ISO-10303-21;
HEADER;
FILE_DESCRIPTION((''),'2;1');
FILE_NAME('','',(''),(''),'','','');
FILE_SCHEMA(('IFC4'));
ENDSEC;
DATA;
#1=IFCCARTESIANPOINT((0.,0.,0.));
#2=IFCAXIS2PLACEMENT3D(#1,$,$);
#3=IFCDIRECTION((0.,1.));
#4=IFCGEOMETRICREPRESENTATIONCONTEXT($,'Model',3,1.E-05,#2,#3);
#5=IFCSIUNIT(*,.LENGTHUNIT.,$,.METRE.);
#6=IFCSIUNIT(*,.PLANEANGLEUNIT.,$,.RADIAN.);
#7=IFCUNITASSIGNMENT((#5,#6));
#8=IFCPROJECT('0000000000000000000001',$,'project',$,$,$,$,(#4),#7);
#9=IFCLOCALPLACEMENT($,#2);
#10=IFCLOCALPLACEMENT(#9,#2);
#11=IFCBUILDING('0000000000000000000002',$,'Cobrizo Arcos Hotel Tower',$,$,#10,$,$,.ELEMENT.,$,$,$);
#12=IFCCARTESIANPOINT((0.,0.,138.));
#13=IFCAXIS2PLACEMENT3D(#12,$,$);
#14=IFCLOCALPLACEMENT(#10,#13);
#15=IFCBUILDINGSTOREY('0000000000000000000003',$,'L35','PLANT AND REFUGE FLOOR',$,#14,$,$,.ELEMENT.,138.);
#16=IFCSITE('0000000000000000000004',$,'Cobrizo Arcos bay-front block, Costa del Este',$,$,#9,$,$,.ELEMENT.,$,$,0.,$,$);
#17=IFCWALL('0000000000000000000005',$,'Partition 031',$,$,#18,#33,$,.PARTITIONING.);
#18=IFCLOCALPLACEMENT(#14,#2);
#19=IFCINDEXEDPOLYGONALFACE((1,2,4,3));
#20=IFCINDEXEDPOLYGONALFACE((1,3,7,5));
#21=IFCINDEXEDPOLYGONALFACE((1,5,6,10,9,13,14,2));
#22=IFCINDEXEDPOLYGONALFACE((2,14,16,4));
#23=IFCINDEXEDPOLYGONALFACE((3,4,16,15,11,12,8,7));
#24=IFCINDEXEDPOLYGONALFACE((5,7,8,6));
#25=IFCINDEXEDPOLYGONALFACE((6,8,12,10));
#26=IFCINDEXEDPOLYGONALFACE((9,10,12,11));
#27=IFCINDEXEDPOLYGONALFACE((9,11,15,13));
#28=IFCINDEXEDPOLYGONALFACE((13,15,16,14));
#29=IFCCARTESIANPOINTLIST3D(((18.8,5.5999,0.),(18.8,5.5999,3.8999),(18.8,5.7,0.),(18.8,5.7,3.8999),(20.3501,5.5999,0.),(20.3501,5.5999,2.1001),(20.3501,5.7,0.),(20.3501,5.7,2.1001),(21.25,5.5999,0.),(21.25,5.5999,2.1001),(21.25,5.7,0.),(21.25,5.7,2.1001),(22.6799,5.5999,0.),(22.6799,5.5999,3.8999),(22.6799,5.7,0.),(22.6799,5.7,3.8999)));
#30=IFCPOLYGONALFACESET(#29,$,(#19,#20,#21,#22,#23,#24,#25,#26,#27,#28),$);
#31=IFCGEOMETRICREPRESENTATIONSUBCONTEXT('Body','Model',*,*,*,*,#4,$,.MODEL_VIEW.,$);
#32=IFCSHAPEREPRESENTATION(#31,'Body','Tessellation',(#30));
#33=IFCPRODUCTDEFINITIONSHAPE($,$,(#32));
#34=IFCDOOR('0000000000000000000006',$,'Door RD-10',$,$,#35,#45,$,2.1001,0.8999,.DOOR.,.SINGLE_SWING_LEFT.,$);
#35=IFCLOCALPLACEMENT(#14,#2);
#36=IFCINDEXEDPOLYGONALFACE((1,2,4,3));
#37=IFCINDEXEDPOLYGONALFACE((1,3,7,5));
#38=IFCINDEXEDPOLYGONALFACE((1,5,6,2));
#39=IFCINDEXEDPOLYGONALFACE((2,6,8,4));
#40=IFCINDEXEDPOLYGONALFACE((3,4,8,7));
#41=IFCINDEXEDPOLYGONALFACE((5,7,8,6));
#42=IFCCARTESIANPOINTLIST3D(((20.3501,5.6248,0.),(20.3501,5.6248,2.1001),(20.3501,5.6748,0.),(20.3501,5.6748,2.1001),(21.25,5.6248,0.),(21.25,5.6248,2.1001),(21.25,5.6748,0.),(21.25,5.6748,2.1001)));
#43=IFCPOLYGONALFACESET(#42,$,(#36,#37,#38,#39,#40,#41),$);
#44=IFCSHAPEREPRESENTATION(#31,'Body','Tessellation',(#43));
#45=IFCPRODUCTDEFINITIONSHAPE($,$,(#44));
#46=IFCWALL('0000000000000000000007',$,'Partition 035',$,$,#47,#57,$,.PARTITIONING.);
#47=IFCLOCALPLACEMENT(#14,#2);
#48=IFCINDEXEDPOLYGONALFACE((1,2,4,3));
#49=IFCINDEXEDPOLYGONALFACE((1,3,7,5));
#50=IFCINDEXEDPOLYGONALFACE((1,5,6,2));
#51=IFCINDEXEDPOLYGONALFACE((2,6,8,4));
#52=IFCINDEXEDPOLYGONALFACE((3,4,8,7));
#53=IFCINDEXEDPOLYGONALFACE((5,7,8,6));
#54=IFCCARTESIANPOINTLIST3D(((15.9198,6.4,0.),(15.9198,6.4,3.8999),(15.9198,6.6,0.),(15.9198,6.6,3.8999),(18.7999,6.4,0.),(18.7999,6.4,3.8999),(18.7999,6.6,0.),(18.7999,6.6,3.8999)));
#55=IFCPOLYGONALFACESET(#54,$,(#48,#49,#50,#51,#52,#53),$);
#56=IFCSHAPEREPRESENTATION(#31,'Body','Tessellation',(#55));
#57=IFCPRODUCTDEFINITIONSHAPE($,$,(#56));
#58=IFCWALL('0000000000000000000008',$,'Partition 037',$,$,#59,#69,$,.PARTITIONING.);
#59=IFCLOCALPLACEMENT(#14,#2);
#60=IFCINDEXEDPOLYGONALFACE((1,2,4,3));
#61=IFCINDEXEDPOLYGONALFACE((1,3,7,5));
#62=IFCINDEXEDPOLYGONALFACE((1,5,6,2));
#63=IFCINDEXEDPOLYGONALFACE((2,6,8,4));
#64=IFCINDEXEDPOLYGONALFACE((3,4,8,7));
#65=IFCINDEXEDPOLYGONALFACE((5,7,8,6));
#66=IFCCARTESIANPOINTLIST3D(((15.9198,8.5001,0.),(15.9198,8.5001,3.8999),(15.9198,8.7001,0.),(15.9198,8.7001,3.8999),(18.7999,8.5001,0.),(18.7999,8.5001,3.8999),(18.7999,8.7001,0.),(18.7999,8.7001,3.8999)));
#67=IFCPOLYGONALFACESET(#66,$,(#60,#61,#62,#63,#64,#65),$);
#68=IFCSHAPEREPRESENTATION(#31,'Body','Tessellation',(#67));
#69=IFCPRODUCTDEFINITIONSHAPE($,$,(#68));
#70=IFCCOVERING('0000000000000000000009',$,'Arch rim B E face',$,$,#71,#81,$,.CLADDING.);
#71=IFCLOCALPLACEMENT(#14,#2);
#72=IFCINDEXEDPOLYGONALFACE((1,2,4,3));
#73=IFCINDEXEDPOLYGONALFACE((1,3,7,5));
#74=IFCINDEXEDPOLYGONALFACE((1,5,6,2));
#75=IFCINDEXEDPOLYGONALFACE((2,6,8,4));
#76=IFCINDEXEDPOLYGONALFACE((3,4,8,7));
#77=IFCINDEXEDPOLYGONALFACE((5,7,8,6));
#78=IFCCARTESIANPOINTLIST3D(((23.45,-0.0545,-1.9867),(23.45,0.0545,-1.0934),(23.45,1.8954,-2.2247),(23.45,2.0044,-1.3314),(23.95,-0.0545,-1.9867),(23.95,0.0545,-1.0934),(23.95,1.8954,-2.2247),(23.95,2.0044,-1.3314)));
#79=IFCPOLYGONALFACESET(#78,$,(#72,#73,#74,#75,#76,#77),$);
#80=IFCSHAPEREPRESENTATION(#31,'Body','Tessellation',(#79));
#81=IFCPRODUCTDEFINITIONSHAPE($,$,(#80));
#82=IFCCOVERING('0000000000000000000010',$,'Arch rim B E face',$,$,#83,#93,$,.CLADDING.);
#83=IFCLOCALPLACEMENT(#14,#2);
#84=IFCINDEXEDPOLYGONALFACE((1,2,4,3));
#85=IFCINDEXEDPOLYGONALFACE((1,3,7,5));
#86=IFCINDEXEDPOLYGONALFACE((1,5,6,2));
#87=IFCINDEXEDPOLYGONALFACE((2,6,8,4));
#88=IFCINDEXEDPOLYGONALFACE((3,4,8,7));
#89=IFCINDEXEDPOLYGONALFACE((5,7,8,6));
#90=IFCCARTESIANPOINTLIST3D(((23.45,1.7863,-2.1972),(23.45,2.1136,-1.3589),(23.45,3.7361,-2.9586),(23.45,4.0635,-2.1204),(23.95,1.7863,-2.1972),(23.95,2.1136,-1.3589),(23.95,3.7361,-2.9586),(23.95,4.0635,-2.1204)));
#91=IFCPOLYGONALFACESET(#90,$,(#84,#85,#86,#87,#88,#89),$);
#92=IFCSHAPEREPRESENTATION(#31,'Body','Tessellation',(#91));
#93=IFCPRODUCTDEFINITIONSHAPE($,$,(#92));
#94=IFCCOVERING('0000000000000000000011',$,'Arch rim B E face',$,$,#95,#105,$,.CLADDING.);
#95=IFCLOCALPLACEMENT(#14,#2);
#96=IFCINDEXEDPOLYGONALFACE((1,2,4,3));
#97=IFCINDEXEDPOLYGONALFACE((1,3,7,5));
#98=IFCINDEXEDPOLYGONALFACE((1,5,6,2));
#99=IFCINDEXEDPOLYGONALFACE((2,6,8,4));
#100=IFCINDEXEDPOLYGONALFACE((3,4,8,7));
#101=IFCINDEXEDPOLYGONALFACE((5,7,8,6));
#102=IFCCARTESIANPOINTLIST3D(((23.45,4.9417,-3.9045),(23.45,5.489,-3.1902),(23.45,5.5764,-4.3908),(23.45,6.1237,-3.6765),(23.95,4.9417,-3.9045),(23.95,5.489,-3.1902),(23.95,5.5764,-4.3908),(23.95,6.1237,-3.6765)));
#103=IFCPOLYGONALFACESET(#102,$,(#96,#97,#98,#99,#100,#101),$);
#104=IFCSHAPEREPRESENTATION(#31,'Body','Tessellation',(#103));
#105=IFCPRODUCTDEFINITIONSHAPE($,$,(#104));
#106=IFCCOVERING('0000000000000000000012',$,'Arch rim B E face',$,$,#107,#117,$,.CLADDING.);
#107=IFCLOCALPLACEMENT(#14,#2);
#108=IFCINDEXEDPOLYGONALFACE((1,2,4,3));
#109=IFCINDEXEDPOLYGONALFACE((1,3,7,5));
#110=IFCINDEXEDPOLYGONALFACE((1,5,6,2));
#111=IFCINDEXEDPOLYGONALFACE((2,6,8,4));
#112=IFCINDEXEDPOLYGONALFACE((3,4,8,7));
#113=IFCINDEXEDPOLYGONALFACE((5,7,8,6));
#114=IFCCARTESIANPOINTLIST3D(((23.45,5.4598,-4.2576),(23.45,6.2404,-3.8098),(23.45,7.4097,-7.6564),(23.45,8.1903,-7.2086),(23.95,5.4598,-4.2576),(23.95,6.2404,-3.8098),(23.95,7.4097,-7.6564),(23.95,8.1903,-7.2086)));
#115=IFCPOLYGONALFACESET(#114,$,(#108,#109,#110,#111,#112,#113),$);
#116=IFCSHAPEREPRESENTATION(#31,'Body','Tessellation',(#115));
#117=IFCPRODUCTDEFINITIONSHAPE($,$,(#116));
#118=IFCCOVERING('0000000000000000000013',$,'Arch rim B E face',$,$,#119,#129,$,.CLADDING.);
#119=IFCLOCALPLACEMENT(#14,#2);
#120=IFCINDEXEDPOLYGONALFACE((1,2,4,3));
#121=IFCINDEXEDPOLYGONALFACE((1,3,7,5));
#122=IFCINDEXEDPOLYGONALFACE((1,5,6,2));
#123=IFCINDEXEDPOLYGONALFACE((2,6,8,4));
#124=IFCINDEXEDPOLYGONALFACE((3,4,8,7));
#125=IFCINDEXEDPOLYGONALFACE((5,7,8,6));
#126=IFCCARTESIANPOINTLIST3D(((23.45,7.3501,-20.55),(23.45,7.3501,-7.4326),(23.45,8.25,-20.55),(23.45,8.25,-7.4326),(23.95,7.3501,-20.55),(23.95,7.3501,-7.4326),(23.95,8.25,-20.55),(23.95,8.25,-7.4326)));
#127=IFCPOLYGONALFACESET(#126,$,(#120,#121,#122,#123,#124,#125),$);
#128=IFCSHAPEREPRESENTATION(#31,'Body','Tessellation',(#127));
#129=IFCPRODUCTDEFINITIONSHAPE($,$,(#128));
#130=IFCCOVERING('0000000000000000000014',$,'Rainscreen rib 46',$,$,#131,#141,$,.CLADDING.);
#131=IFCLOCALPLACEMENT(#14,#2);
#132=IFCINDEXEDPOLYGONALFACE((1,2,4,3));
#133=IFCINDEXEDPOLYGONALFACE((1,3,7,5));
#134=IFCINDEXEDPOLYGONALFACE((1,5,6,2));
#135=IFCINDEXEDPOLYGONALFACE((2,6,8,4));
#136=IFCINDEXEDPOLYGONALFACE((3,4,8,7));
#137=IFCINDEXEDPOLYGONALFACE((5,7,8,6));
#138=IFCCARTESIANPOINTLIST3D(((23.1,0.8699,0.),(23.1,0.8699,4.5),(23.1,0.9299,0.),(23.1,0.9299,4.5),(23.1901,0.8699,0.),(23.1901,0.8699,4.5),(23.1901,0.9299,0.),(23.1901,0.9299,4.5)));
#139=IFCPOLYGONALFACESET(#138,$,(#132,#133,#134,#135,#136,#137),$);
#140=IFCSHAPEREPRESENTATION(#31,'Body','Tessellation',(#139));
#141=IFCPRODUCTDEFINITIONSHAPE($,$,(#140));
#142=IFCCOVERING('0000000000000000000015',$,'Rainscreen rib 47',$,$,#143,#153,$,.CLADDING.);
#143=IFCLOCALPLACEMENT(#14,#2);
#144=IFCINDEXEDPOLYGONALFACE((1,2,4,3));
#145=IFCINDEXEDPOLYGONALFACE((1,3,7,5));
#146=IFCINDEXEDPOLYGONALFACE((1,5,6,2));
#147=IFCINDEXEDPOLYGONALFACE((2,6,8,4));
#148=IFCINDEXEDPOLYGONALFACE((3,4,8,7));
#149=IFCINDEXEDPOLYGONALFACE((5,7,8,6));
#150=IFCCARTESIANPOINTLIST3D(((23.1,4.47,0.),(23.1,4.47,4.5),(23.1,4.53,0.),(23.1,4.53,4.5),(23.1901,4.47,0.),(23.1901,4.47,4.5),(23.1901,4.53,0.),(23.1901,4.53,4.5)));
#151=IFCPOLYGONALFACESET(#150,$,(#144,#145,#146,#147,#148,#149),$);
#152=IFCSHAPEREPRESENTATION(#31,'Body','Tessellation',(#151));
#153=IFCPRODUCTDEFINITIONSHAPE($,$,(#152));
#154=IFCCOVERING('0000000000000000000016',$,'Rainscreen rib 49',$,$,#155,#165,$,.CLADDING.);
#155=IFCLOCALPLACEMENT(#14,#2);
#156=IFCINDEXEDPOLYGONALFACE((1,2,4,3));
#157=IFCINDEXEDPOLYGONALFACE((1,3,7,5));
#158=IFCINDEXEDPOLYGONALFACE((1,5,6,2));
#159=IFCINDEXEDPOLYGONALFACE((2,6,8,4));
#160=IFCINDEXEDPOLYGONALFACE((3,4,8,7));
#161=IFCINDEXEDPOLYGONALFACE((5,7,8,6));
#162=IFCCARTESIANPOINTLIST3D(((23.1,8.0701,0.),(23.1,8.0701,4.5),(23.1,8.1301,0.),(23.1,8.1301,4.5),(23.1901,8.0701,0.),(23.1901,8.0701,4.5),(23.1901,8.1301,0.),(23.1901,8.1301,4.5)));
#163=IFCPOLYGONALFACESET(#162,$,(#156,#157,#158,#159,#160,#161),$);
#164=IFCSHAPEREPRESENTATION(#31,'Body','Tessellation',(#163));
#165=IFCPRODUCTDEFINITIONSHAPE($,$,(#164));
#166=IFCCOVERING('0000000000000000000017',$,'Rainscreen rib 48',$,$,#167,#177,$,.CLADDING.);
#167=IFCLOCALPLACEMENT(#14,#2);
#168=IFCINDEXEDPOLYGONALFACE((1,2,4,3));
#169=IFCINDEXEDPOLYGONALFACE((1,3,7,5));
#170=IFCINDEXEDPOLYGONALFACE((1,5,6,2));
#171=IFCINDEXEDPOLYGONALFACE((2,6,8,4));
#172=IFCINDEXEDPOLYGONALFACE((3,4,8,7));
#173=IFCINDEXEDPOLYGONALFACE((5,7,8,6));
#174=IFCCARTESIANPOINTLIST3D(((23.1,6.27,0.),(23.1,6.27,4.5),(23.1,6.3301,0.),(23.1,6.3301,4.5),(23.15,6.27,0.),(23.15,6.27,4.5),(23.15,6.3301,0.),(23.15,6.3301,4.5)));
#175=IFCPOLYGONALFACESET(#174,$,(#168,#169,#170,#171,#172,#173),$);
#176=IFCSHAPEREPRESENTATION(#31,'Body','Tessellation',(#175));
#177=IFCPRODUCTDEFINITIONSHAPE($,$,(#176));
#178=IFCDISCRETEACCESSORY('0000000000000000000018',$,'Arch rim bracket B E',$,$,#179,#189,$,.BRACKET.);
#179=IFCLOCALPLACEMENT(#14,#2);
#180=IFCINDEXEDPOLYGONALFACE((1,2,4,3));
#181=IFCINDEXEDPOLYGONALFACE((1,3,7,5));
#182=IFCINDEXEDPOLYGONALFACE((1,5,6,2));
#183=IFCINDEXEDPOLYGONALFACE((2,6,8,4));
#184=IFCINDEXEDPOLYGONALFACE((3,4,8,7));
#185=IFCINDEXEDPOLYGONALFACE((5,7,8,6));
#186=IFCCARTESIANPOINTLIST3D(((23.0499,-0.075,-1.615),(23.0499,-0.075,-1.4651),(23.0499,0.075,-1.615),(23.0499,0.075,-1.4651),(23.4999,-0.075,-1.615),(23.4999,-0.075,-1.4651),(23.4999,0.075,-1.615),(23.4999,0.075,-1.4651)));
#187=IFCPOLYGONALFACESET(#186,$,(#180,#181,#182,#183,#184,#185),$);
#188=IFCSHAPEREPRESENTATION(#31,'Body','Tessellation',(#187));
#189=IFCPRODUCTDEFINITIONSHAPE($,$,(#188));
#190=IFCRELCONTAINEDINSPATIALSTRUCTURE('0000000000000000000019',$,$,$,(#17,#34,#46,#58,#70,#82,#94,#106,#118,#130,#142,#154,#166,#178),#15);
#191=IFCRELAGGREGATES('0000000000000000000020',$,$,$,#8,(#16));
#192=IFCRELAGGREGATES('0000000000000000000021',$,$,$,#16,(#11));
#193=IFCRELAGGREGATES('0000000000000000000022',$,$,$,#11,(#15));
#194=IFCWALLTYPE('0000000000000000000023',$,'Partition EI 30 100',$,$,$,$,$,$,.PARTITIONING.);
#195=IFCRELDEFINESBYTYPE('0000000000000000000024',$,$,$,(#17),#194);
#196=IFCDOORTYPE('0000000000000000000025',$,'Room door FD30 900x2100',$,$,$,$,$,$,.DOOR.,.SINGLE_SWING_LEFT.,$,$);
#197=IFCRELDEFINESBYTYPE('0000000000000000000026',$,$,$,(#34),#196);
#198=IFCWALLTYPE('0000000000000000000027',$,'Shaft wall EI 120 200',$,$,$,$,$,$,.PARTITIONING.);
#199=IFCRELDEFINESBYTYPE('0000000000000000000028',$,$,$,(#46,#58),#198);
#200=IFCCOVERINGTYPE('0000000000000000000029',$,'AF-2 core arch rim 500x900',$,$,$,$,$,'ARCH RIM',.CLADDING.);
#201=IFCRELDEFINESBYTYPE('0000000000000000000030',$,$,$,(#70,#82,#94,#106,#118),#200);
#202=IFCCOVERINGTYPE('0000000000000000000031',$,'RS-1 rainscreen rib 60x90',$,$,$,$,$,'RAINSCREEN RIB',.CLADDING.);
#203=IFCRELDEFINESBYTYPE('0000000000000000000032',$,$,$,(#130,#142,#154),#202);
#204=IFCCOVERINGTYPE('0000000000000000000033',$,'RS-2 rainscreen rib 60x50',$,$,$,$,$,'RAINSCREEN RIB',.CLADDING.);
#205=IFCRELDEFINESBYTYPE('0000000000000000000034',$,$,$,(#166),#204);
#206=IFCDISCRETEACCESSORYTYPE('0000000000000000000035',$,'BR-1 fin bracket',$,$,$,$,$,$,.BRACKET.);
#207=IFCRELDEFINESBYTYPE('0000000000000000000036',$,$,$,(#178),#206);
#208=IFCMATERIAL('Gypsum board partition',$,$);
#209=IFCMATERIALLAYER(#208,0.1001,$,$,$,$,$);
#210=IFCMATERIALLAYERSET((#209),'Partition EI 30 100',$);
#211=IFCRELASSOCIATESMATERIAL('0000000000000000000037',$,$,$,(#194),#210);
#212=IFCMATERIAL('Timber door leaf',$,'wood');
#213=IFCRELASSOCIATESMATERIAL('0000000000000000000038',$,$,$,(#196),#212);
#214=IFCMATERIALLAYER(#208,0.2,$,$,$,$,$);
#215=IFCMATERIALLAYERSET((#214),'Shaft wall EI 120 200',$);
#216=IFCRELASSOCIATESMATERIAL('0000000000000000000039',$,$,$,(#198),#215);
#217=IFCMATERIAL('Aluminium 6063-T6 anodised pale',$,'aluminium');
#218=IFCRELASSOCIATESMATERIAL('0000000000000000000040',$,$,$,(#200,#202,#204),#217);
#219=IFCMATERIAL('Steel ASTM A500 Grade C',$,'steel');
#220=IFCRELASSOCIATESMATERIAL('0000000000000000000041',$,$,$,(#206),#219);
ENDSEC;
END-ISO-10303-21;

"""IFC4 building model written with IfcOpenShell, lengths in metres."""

from ifc_helpers import new_model, si_unit, direction, frame, frame_2d, origin, origin_2d, place, context, subcontext, project, spatial, rectangle, extrude, material, layer, layer_set, material_profile, profile_set, type_object, element, fill, save


model = new_model("IFC4")

# Units and contexts
model_context = context("Model", 3, precision=1e-05, world=origin(), true_north=direction((0.0, 1.0)))
body_context = subcontext(model_context, "Body", "Model", "MODEL_VIEW")
ifc_project = project(units=[si_unit("LENGTHUNIT", "METRE"), si_unit("PLANEANGLEUNIT", "RADIAN")], contexts=[model_context])

# Site, building, storey
site_placement = place(None, origin())
site = spatial("IfcSite", under=ifc_project, at=site_placement, Name="Cobrizo Arcos bay-front block, Costa del Este", CompositionType="ELEMENT", RefElevation=0.0)
building_placement = place(site_placement, origin())
building = spatial("IfcBuilding", under=site, at=building_placement, Name="Cobrizo Arcos Hotel Tower", CompositionType="ELEMENT")
storey_placement = place(building_placement, frame((0.0, 0.0, 138.0)))
storey = spatial("IfcBuildingStorey", under=building, at=storey_placement, Name="L35", Description="PLANT AND REFUGE FLOOR", CompositionType="ELEMENT", Elevation=138.0)

# Shared definitions
ifc_material_1 = material(Name="Steel ASTM A500 Grade C", Category="steel")

# Wall, opening, door
ifc_material_2 = material(Name="Gypsum board partition")
ifc_layer_1 = layer(ifc_material_2, 0.1001)
ifc_layer_set_1 = layer_set([ifc_layer_1], Name="Partition EI 30 100")
wall_type_1 = type_object("IfcWallType", Name="Partition EI 30 100", PredefinedType="PARTITIONING", material=ifc_layer_set_1)
ifc_material_3 = material(Name="Timber door leaf", Category="wood")
door_type = type_object("IfcDoorType", Name="Room door FD30 900x2100", OperationType="SINGLE_SWING_LEFT", PredefinedType="DOOR", material=ifc_material_3)
wall_1_placement = place(storey_placement, frame((18.8, 5.6499, 0.0), z_axis=(0.0, 0.0, 1.0), x_axis=(1.0, 0.0, 0.0)))
wall_1 = element("IfcWall", 1, at=wall_1_placement, inside=storey, type_object=wall_type_1, Name="Partition 031", PredefinedType="PARTITIONING", context=body_context, shape_type="SweptSolid", body=[
    extrude(rectangle(XDim=3.8799, YDim=0.1001, at=frame_2d((1.9399, 0.0))), origin(), (0.0, 0.0, 1.0), 3.8999),
])
opening_1_placement = place(wall_1_placement, frame((1.55, 0.0, 0.0)))
opening_1 = element("IfcOpeningElement", 2, at=opening_1_placement, cuts=wall_1, PredefinedType="OPENING", context=body_context, shape_type="SweptSolid", body=[
    extrude(rectangle(XDim=0.8999, YDim=2.1001, at=frame_2d((0.45, 1.05))), frame((0.0, 0.062, 0.0), z_axis=(0.0, -1.0, 0.0), x_axis=(1.0, 0.0, 0.0)), (0.0, 0.0, 1.0), 0.124),
])
door_1_placement = place(opening_1_placement, origin())
door_1 = element("IfcDoor", 3, at=door_1_placement, inside=storey, type_object=door_type, Name="Door RD-10", OperationType="SINGLE_SWING_LEFT", OverallHeight=2.1001, OverallWidth=0.8999, PredefinedType="DOOR", context=body_context, shape_type="SweptSolid", body=[
    extrude(rectangle(XDim=0.8999, YDim=2.1001, at=frame_2d((0.45, 1.05))), frame((0.0, 0.0249, 0.0), z_axis=(0.0, -1.0, 0.0), x_axis=(1.0, 0.0, 0.0)), (0.0, 0.0, 1.0), 0.05),
])
fill(opening_1, door_1)

# Walls
ifc_layer_2 = layer(ifc_material_2, 0.2)
ifc_layer_set_2 = layer_set([ifc_layer_2], Name="Shaft wall EI 120 200")
wall_type_2 = type_object("IfcWallType", Name="Shaft wall EI 120 200", PredefinedType="PARTITIONING", material=ifc_layer_set_2)
for number, where, z_axis, x_axis, name in (
    (4, (15.9199, 6.5, 0.0), (0.0, 0.0, 1.0), (1.0, 0.0, 0.0), "Partition 035"),
    (5, (15.9199, 8.6001, 0.0), (0.0, 0.0, 1.0), (1.0, 0.0, 0.0), "Partition 037"),
):
    element("IfcWall", number, at=place(storey_placement, frame(where, z_axis=z_axis, x_axis=x_axis)), inside=storey, type_object=wall_type_2, Name=name, PredefinedType="PARTITIONING", context=body_context, shape_type="SweptSolid", body=[
        extrude(rectangle(XDim=2.8801, YDim=0.2, at=frame_2d((1.4399, 0.0))), origin(), (0.0, 0.0, 1.0), 3.8999),
    ])

# Coverings
ifc_material_4 = material(Name="Aluminium 6063-T6 anodised pale", Category="aluminium")
ifc_material_profile_1 = material_profile(ifc_material_4, rectangle(XDim=0.5, YDim=0.8999, at=origin_2d()), Name="AF-2 core arch rim 500x900")
ifc_profile_set_1 = profile_set([ifc_material_profile_1], Name="Aluminium 6063-T6 anodised pale")
covering_type_1 = type_object("IfcCoveringType", Name="AF-2 core arch rim 500x900", ElementType="ARCH RIM", PredefinedType="CLADDING", material=ifc_profile_set_1)
covering_1_placement = place(storey_placement, frame((23.7, 0.0, -1.54), z_axis=(0.0, 0.992631, -0.121174), x_axis=(-1.0, 0.0, 0.0)))
element("IfcCovering", 6, at=covering_1_placement, inside=storey, type_object=covering_type_1, Name="Arch rim B E face", PredefinedType="CLADDING", context=body_context, shape_type="SweptSolid", body=[
    extrude(rectangle(XDim=0.5, YDim=0.8999, at=origin_2d()), origin(), (0.0, 0.0, 1.0), 1.9644),
])
covering_2_placement = place(storey_placement, frame((23.7, 1.95, -1.7781), z_axis=(0.0, 0.931494, -0.363757), x_axis=(-1.0, 0.0, 0.0)))
element("IfcCovering", 7, at=covering_2_placement, inside=storey, type_object=covering_type_1, Name="Arch rim B E face", PredefinedType="CLADDING", context=body_context, shape_type="SweptSolid", body=[
    extrude(rectangle(XDim=0.5, YDim=0.8999, at=origin_2d()), origin(), (0.0, 0.0, 1.0), 2.0933),
])
covering_3_placement = place(storey_placement, frame((23.7, 5.2153, -3.5474), z_axis=(0.0, 0.793803, -0.608175), x_axis=(-1.0, 0.0, 0.0)))
element("IfcCovering", 8, at=covering_3_placement, inside=storey, type_object=covering_type_1, Name="Arch rim B E face", PredefinedType="CLADDING", context=body_context, shape_type="SweptSolid", body=[
    extrude(rectangle(XDim=0.5, YDim=0.8999, at=origin_2d()), origin(), (0.0, 0.0, 1.0), 0.7996),
])
covering_4_placement = place(storey_placement, frame((23.7, 5.8501, -4.0337), z_axis=(0.0, 0.497621, -0.867395), x_axis=(-1.0, 0.0, 0.0)))
element("IfcCovering", 9, at=covering_4_placement, inside=storey, type_object=covering_type_1, Name="Arch rim B E face", PredefinedType="CLADDING", context=body_context, shape_type="SweptSolid", body=[
    extrude(rectangle(XDim=0.5, YDim=0.8999, at=origin_2d()), origin(), (0.0, 0.0, 1.0), 3.9185),
])
covering_5_placement = place(storey_placement, frame((23.7, 7.8, -20.55), z_axis=(0.0, 0.0, 1.0), x_axis=(1.0, 0.0, 0.0)))
element("IfcCovering", 10, at=covering_5_placement, inside=storey, type_object=covering_type_1, Name="Arch rim B E face", PredefinedType="CLADDING", context=body_context, shape_type="SweptSolid", body=[
    extrude(rectangle(XDim=0.5, YDim=0.8999, at=origin_2d()), origin(), (0.0, 0.0, 1.0), 13.1174),
])
covering_type_2 = type_object("IfcCoveringType", Name="RS-1 rainscreen rib 60x90", ElementType="RAINSCREEN RIB", PredefinedType="CLADDING", material=ifc_material_4)
for number, where, z_axis, x_axis, name in (
    (11, (23.145, 0.8999, 0.0), (0.0, 0.0, 1.0), (0.0, 1.0, 0.0), "Rainscreen rib 46"),
    (12, (23.145, 4.5, 0.0), (0.0, 0.0, 1.0), (0.0, 1.0, 0.0), "Rainscreen rib 47"),
    (13, (23.145, 8.1001, 0.0), (0.0, 0.0, 1.0), (0.0, 1.0, 0.0), "Rainscreen rib 49"),
):
    element("IfcCovering", number, at=place(storey_placement, frame(where, z_axis=z_axis, x_axis=x_axis)), inside=storey, type_object=covering_type_2, Name=name, PredefinedType="CLADDING", context=body_context, shape_type="SweptSolid", body=[
        extrude(rectangle(XDim=0.0601, YDim=0.0901, at=origin_2d()), origin(), (0.0, 0.0, 1.0), 4.5),
    ])
covering_type_3 = type_object("IfcCoveringType", Name="RS-2 rainscreen rib 60x50", ElementType="RAINSCREEN RIB", PredefinedType="CLADDING", material=ifc_material_4)
covering_6_placement = place(storey_placement, frame((23.125, 6.3, 0.0), z_axis=(0.0, 0.0, 1.0), x_axis=(0.0, 1.0, 0.0)))
element("IfcCovering", 14, at=covering_6_placement, inside=storey, type_object=covering_type_3, Name="Rainscreen rib 48", PredefinedType="CLADDING", context=body_context, shape_type="SweptSolid", body=[
    extrude(rectangle(XDim=0.0601, YDim=0.05, at=origin_2d()), origin(), (0.0, 0.0, 1.0), 4.5),
])

# Discrete accessory
discrete_accessory_type_1 = type_object("IfcDiscreteAccessoryType", Name="BR-1 fin bracket", PredefinedType="BRACKET", material=ifc_material_1)
for number, where, z_axis, x_axis, name in (
    (15, (23.2749, 0.0, -1.615), (0.0, 0.0, 1.0), (1.0, 0.0, 0.0), "Arch rim bracket B E"),
):
    element("IfcDiscreteAccessory", number, at=place(storey_placement, frame(where, z_axis=z_axis, x_axis=x_axis)), inside=storey, type_object=discrete_accessory_type_1, Name=name, PredefinedType="BRACKET", context=body_context, shape_type="SweptSolid", body=[
        extrude(rectangle(XDim=0.45, YDim=0.1499, at=origin_2d()), origin(), (0.0, 0.0, 1.0), 0.1499),
    ])

save(model, "model.ifc")
